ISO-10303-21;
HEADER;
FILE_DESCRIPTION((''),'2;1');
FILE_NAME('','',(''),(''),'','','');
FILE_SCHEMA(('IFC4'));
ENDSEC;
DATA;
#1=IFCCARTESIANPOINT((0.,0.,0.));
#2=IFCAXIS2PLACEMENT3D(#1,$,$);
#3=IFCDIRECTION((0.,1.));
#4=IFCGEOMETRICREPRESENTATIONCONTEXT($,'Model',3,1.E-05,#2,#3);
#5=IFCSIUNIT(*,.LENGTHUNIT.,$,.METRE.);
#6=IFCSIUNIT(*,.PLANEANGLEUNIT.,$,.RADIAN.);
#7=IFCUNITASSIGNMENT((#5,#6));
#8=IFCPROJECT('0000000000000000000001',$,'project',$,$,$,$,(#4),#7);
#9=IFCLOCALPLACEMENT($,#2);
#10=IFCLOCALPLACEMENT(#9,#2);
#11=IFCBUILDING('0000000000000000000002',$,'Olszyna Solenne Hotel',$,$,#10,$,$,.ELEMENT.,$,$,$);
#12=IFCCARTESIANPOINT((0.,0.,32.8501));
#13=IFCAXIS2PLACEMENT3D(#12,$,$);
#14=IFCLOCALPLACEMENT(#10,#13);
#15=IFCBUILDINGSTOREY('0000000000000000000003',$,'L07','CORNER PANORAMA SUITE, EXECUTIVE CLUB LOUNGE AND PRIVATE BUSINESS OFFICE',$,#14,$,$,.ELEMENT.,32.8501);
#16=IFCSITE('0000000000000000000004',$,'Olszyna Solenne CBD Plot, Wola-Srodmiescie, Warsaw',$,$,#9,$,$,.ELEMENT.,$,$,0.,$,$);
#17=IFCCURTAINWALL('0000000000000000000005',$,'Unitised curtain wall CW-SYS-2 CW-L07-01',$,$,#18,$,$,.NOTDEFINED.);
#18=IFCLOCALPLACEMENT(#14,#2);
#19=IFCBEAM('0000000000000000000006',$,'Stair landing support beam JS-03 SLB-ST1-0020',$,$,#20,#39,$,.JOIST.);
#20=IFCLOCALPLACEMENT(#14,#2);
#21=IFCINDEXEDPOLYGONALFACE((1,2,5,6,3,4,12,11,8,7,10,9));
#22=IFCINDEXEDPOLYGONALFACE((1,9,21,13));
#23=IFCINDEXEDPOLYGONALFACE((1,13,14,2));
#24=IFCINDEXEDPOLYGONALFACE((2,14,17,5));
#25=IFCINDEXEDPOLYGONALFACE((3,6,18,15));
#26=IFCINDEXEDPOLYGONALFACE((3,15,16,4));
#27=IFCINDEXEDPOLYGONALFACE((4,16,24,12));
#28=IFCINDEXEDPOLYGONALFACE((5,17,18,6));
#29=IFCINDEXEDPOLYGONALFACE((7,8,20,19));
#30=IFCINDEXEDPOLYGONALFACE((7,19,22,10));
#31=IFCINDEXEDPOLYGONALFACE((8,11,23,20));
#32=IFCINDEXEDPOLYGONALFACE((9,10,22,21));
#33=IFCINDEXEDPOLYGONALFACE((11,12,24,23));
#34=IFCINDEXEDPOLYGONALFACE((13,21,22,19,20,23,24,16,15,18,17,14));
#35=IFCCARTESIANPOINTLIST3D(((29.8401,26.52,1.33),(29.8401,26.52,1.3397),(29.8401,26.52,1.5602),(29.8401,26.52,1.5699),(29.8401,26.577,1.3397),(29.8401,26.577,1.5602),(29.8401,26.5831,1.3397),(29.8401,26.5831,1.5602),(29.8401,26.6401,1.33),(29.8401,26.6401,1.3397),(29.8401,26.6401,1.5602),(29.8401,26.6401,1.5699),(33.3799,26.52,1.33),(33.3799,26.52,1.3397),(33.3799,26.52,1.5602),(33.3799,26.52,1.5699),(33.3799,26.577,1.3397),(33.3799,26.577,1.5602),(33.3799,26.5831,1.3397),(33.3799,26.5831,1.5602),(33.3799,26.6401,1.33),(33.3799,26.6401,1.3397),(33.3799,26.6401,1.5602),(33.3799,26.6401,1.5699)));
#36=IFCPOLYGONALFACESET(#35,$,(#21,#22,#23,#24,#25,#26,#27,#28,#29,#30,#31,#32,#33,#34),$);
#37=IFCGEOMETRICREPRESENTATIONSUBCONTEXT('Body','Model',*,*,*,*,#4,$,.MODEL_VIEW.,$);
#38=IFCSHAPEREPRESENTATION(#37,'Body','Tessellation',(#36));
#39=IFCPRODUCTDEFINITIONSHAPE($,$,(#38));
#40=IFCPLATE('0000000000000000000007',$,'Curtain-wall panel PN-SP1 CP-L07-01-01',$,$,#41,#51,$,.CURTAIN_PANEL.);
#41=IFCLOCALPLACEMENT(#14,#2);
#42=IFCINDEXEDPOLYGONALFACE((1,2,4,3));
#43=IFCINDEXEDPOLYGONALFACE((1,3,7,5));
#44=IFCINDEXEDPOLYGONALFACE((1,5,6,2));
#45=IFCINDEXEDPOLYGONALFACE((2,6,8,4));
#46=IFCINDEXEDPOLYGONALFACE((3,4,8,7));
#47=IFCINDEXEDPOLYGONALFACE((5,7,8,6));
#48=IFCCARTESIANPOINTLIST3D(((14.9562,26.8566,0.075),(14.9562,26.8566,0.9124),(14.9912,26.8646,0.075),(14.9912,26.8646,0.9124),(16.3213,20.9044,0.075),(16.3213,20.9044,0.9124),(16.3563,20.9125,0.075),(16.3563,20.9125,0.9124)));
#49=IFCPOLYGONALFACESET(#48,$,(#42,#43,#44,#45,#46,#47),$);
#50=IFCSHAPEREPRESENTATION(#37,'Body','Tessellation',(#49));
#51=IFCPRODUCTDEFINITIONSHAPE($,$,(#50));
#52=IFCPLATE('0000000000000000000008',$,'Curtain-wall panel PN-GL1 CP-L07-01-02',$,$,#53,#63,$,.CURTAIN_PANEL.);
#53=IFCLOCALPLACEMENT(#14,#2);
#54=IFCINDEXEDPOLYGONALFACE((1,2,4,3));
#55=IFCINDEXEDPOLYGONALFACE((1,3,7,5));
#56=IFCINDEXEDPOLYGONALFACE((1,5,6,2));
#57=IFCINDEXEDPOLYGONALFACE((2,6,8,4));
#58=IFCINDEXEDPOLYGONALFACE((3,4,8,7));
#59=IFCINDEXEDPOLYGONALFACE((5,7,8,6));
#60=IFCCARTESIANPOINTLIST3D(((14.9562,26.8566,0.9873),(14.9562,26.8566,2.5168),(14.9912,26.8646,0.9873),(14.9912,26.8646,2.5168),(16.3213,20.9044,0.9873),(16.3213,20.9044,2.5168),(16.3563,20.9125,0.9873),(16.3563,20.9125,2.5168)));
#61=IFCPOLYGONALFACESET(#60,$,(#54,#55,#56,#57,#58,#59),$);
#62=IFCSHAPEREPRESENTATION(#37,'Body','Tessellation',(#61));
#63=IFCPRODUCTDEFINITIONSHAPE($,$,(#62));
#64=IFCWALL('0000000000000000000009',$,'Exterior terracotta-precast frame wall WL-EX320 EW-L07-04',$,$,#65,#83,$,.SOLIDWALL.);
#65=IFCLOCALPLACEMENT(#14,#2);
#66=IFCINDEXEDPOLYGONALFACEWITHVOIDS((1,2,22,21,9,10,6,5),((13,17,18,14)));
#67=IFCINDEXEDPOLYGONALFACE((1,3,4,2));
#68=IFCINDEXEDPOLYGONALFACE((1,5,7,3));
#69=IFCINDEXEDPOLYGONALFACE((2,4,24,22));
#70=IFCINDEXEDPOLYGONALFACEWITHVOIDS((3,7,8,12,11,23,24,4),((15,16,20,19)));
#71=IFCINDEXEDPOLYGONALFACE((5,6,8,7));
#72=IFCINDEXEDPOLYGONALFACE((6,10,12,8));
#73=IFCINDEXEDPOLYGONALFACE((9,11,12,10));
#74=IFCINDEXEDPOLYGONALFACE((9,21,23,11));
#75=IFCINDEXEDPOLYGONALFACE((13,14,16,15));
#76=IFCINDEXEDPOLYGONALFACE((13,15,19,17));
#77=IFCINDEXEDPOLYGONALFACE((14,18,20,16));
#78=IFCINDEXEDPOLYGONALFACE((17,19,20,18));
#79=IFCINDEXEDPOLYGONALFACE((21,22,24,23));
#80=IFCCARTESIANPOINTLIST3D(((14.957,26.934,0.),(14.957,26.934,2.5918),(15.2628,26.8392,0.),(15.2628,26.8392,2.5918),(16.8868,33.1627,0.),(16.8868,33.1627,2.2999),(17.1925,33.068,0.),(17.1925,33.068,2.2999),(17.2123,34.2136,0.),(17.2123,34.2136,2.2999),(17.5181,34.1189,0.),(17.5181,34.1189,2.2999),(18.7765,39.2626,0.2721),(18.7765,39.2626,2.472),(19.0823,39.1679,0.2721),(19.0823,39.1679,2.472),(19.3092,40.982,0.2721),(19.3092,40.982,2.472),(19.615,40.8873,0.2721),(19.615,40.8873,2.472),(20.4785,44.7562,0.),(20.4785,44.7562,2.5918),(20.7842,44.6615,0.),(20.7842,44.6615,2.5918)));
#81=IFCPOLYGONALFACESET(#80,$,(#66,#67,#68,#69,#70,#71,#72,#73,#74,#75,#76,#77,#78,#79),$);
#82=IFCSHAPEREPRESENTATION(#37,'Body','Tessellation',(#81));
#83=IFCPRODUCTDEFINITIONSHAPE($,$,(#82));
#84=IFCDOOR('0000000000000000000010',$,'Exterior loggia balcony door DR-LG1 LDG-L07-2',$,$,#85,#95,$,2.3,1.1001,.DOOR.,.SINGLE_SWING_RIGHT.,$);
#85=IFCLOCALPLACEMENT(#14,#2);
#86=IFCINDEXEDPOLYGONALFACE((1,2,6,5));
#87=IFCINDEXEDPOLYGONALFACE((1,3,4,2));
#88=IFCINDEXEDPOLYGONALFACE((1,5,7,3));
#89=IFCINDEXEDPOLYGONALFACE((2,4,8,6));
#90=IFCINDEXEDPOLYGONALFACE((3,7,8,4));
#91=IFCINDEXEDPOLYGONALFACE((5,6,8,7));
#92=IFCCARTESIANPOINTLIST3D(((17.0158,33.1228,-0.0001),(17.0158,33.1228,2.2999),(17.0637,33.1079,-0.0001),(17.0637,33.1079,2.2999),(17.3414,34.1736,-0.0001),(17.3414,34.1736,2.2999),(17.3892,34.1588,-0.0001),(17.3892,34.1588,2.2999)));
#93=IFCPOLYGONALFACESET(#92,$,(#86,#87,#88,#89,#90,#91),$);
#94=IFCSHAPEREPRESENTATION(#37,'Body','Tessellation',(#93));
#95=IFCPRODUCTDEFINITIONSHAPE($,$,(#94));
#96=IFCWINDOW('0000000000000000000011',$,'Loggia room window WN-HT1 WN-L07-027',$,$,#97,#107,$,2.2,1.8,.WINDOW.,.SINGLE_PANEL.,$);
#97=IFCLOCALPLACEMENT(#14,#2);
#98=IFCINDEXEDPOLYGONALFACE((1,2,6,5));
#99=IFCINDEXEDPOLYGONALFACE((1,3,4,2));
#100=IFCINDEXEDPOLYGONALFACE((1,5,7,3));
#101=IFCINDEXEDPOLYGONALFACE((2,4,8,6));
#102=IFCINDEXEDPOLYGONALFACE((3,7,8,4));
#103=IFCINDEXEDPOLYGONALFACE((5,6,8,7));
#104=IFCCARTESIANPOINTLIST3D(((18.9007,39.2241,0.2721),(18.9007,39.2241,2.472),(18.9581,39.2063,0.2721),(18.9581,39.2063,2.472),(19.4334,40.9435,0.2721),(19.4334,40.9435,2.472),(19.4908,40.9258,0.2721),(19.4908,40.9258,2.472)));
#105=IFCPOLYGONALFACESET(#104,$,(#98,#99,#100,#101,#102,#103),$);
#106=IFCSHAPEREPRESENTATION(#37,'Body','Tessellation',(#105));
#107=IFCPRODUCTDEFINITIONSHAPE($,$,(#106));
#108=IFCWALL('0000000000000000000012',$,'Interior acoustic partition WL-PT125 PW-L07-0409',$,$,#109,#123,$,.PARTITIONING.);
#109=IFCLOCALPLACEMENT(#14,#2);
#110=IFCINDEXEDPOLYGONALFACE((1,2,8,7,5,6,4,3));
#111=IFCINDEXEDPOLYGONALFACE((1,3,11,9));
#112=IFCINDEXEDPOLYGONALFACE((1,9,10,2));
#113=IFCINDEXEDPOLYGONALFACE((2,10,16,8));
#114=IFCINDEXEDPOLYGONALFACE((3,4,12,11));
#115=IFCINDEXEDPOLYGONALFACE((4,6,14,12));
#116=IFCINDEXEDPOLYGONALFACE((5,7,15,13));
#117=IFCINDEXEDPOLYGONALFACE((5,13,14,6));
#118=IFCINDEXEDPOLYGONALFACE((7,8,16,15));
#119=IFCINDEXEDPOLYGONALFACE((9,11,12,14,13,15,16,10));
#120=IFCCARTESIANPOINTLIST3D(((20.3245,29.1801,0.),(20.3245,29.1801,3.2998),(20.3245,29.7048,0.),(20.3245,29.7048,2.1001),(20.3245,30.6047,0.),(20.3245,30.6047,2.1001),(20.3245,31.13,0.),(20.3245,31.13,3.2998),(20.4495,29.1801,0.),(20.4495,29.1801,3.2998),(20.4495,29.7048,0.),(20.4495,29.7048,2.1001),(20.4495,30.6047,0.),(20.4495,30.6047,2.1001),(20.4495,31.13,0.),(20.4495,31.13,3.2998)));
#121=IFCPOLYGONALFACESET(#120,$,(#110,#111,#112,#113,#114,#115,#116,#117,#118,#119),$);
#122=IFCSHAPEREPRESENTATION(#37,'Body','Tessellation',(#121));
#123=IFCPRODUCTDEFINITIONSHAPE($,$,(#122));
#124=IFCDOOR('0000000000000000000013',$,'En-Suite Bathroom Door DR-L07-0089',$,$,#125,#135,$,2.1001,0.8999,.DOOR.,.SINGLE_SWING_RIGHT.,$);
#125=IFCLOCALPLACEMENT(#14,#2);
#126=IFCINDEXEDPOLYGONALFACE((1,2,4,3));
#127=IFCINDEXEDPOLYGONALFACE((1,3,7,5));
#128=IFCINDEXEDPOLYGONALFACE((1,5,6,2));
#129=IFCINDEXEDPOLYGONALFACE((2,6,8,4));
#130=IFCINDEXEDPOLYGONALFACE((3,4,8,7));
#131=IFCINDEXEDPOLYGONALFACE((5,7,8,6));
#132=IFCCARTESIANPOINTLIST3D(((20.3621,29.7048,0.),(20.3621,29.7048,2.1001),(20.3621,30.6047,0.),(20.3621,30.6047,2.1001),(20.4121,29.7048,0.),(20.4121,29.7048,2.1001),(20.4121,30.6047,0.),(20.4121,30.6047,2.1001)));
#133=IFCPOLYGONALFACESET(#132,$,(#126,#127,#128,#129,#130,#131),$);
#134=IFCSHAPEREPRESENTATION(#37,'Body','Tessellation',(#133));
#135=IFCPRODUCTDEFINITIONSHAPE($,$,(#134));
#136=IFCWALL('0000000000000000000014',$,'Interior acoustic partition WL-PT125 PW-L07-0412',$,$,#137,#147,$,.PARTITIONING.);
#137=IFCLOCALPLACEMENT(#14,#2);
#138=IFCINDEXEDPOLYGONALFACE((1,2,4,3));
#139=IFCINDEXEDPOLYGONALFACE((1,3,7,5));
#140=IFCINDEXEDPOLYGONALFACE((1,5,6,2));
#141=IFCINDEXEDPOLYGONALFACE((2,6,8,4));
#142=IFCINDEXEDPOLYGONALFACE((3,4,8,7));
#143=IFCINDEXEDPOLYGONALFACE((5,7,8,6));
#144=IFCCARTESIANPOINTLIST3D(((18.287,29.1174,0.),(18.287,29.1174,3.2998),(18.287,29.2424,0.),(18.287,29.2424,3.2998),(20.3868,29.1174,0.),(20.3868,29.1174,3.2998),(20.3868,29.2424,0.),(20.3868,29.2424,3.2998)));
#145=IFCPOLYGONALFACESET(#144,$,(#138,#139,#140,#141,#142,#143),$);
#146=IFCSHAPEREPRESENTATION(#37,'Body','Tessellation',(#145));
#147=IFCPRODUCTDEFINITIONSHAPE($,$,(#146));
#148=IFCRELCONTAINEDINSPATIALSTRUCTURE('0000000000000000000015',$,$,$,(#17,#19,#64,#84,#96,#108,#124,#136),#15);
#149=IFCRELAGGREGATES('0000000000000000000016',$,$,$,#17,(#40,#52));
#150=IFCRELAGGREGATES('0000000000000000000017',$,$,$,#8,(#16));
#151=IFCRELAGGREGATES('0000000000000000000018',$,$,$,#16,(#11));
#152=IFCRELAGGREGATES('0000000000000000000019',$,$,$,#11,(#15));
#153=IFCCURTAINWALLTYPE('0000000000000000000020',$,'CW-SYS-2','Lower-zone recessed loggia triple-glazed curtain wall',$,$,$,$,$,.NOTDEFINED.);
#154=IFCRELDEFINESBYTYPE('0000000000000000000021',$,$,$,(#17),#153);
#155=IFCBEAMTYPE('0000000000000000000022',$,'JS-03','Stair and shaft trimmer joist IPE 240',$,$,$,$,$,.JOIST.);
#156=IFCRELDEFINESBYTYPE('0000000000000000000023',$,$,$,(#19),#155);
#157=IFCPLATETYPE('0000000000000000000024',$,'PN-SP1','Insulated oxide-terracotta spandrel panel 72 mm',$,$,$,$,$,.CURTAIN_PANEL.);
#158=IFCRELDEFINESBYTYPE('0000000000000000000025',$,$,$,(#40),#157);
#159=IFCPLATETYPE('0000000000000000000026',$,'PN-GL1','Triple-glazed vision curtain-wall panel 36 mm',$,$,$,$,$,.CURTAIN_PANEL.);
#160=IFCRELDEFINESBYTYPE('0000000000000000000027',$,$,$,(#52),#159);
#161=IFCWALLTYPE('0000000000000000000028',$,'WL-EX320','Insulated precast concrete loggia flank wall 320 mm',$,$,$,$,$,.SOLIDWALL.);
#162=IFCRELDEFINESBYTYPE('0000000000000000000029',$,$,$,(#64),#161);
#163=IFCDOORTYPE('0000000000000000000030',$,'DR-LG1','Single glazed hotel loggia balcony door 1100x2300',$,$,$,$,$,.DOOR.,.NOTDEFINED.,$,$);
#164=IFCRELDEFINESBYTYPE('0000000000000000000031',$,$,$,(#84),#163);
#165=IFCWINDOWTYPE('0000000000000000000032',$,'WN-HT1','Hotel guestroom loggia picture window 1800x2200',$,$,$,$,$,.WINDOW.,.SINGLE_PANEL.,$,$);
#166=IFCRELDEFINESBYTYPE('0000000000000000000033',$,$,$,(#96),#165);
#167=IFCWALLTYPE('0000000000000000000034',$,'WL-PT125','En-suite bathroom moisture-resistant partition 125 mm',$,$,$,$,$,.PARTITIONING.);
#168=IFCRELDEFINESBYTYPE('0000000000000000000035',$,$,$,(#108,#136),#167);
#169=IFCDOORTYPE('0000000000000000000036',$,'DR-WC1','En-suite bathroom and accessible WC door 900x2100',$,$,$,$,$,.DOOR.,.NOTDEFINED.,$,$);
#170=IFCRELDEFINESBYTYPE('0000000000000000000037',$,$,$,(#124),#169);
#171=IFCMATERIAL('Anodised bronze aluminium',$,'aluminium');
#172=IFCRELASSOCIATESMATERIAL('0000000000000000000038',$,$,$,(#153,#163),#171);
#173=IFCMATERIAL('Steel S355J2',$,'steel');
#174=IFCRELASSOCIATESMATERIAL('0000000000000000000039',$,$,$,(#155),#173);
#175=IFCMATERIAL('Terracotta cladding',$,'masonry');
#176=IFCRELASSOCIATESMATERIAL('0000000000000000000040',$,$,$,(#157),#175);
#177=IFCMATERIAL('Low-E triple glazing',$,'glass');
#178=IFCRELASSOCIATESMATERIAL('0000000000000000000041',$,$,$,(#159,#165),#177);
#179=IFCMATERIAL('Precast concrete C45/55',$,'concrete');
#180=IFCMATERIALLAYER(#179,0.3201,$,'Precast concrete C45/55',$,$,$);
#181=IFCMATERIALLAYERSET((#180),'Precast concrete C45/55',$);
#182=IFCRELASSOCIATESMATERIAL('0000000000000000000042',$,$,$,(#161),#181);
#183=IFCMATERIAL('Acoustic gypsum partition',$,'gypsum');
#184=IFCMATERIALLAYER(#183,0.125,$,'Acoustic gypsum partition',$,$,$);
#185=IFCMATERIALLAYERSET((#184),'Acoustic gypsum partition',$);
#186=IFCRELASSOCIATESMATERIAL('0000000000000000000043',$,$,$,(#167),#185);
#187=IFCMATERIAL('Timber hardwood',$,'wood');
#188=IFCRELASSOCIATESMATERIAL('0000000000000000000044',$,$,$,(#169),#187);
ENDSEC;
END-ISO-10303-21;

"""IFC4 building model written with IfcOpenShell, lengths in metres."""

from ifc_helpers import new_model, si_unit, direction, frame, frame_2d, origin, origin_2d, place, context, subcontext, project, spatial, rectangle, i_section, extrude, source, transform, mapped, material, layer, layer_set, material_profile, profile_set, type_object, type_shapes, element, fill, aggregate, save


model = new_model("IFC4")

# Units and contexts
model_context = context("Model", 3, precision=1e-05, world=origin(), true_north=direction((0.0, 1.0)))
body_context = subcontext(model_context, "Body", "Model", "MODEL_VIEW")
ifc_project = project(units=[si_unit("LENGTHUNIT", "METRE"), si_unit("PLANEANGLEUNIT", "RADIAN")], contexts=[model_context])

# Site, building, storey
site_placement = place(None, origin())
site = spatial("IfcSite", under=ifc_project, at=site_placement, Name="Olszyna Solenne CBD Plot, Wola-Srodmiescie, Warsaw", CompositionType="ELEMENT", RefElevation=0.0)
building_placement = place(site_placement, origin())
building = spatial("IfcBuilding", under=site, at=building_placement, Name="Olszyna Solenne Hotel", CompositionType="ELEMENT")
storey_placement = place(building_placement, frame((0.0, 0.0, 32.8501)))
storey = spatial("IfcBuildingStorey", under=building, at=storey_placement, Name="L07", Description="CORNER PANORAMA SUITE, EXECUTIVE CLUB LOUNGE AND PRIVATE BUSINESS OFFICE", CompositionType="ELEMENT", Elevation=32.8501)

# Shared definitions
ifc_material_1 = material(Name="Steel S355J2", Category="steel")

# Curtain wall
ifc_material_2 = material(Name="Anodised bronze aluminium", Category="aluminium")
curtain_wall_type = type_object("IfcCurtainWallType", Name="CW-SYS-2", Description="Lower-zone recessed loggia triple-glazed curtain wall", PredefinedType="NOTDEFINED", material=ifc_material_2)
curtain_wall_placement = place(storey_placement, origin())
curtain_wall = element("IfcCurtainWall", 1, at=curtain_wall_placement, inside=storey, type_object=curtain_wall_type, Name="Unitised curtain wall CW-SYS-2 CW-L07-01", PredefinedType="NOTDEFINED")

# Beam
ifc_material_profile_1 = material_profile(ifc_material_1, i_section(OverallWidth=0.1201, OverallDepth=0.24, WebThickness=0.0061, FlangeThickness=0.0098, at=origin_2d()), Name="IPE 240", Category="load-bearing")
ifc_profile_set_1 = profile_set([ifc_material_profile_1], Name="Steel S355J2")
beam_type_1 = type_object("IfcBeamType", Name="JS-03", Description="Stair and shaft trimmer joist IPE 240", PredefinedType="JOIST", material=ifc_profile_set_1)
shared_shape_1 = source(origin(), body_context, "Body", "SweptSolid", [
    extrude(i_section(OverallWidth=0.1201, OverallDepth=0.24, WebThickness=0.0061, FlangeThickness=0.0098, at=origin_2d()), origin(), (0.0, 0.0, 1.0), 3.5398),
])
for number, where, z_axis, x_axis, name in (
    (2, (33.3799, 26.5801, 1.45), (-1.0, 0.0, 0.0), (0.0, -1.0, 0.0), "Stair landing support beam JS-03 SLB-ST1-0020"),
):
    element("IfcBeam", number, at=place(storey_placement, frame(where, z_axis=z_axis, x_axis=x_axis)), inside=storey, type_object=beam_type_1, Name=name, PredefinedType="JOIST", context=body_context, shape_type="MappedRepresentation", body=[
        mapped(shared_shape_1, transform((0.0, 0.0, 0.0), x_axis=(1.0, 0.0, 0.0), y_axis=(0.0, 1.0, 0.0), z_axis=(0.0, 0.0, 1.0), scale=1.0)),
    ])

# Plates
ifc_material_3 = material(Name="Terracotta cladding", Category="masonry")
plate_type_1 = type_object("IfcPlateType", Name="PN-SP1", Description="Insulated oxide-terracotta spandrel panel 72 mm", PredefinedType="CURTAIN_PANEL", material=ifc_material_3)
shared_shape_2 = source(origin(), body_context, "Body", "SweptSolid", [
    extrude(rectangle(XDim=6.1067, YDim=0.0359, at=origin_2d()), origin(), (0.0, 0.0, 1.0), 0.8374),
])
plate_1_placement = place(storey_placement, frame((15.6562, 23.8845, 0.075), z_axis=(0.0, 0.0, 1.0), x_axis=(0.223535, -0.974696, 0.0)))
plate_1 = element("IfcPlate", 3, at=plate_1_placement, type_object=plate_type_1, Name="Curtain-wall panel PN-SP1 CP-L07-01-01", PredefinedType="CURTAIN_PANEL", context=body_context, shape_type="MappedRepresentation", body=[
    mapped(shared_shape_2, transform((0.0, 0.0, 0.0), x_axis=(1.0, 0.0, 0.0), y_axis=(0.0, 1.0, 0.0), z_axis=(0.0, 0.0, 1.0), scale=1.0)),
])
ifc_material_4 = material(Name="Low-E triple glazing", Category="glass")
plate_type_2 = type_object("IfcPlateType", Name="PN-GL1", Description="Triple-glazed vision curtain-wall panel 36 mm", PredefinedType="CURTAIN_PANEL", material=ifc_material_4)
shared_shape_3 = source(origin(), body_context, "Body", "SweptSolid", [
    extrude(rectangle(XDim=6.1067, YDim=0.0359, at=origin_2d()), origin(), (0.0, 0.0, 1.0), 1.5295),
])
plate_2_placement = place(storey_placement, frame((15.6562, 23.8845, 0.9873), z_axis=(0.0, 0.0, 1.0), x_axis=(0.223535, -0.974696, 0.0)))
plate_2 = element("IfcPlate", 4, at=plate_2_placement, type_object=plate_type_2, Name="Curtain-wall panel PN-GL1 CP-L07-01-02", PredefinedType="CURTAIN_PANEL", context=body_context, shape_type="MappedRepresentation", body=[
    mapped(shared_shape_3, transform((0.0, 0.0, 0.0), x_axis=(1.0, 0.0, 0.0), y_axis=(0.0, 1.0, 0.0), z_axis=(0.0, 0.0, 1.0), scale=1.0)),
])
aggregate(curtain_wall, [plate_1, plate_2])

# Wall, openings, door, window
ifc_material_5 = material(Name="Precast concrete C45/55", Category="concrete")
ifc_layer_1 = layer(ifc_material_5, 0.3201, Name="Precast concrete C45/55")
ifc_layer_set_1 = layer_set([ifc_layer_1], Name="Precast concrete C45/55")
wall_type_1 = type_object("IfcWallType", Name="WL-EX320", Description="Insulated precast concrete loggia flank wall 320 mm", PredefinedType="SOLIDWALL", material=ifc_layer_set_1)
wall_1_placement = place(storey_placement, frame((15.1099, 26.8865, 0.0), z_axis=(0.0, 0.0, 1.0), x_axis=(0.295932, 0.955209, 0.0)))
wall_1 = element("IfcWall", 5, at=wall_1_placement, inside=storey, type_object=wall_type_1, Name="Exterior terracotta-precast frame wall WL-EX320 EW-L07-04", PredefinedType="SOLIDWALL", context=body_context, shape_type="SweptSolid", body=[
    extrude(rectangle(XDim=18.658, YDim=0.3201, at=frame_2d((9.3291, 0.0))), origin(), (0.0, 0.0, 1.0), 2.5918),
])
opening_1_placement = place(wall_1_placement, frame((6.521, 0.0, 0.0)))
opening_1 = element("IfcOpeningElement", 6, at=opening_1_placement, cuts=wall_1, PredefinedType="OPENING", context=body_context, shape_type="SweptSolid", body=[
    extrude(rectangle(XDim=1.1001, YDim=2.3, at=frame_2d((0.55, 1.1499))), frame((0.0, 0.1699, 0.0), z_axis=(0.0, -1.0, 0.0), x_axis=(1.0, 0.0, 0.0)), (0.0, 0.0, 1.0), 0.3401),
])
opening_2_placement = place(wall_1_placement, frame((12.907, 0.0, 0.272)))
opening_2 = element("IfcOpeningElement", 7, at=opening_2_placement, cuts=wall_1, PredefinedType="OPENING", context=body_context, shape_type="SweptSolid", body=[
    extrude(rectangle(XDim=1.8, YDim=2.2, at=frame_2d((0.8999, 1.1001))), frame((0.0, 0.1699, 0.0), z_axis=(0.0, -1.0, 0.0), x_axis=(1.0, 0.0, 0.0)), (0.0, 0.0, 1.0), 0.3401),
])
door_type_1 = type_object("IfcDoorType", Name="DR-LG1", Description="Single glazed hotel loggia balcony door 1100x2300", OperationType="NOTDEFINED", PredefinedType="DOOR", material=ifc_material_2)
shared_shape_4 = source(origin(), body_context, "Body", "SweptSolid", [
    extrude(rectangle(XDim=1.1001, YDim=2.3, at=frame_2d((0.55, 1.1499))), frame((0.0, 0.0249, 0.0), z_axis=(0.0, -1.0, 0.0), x_axis=(1.0, 0.0, 0.0)), (0.0, 0.0, 1.0), 0.05),
])
type_shapes(door_type_1, [shared_shape_4])
door_1_placement = place(opening_1_placement, origin())
door_1 = element("IfcDoor", 8, at=door_1_placement, inside=storey, type_object=door_type_1, Name="Exterior loggia balcony door DR-LG1 LDG-L07-2", OperationType="SINGLE_SWING_RIGHT", OverallHeight=2.3, OverallWidth=1.1001, PredefinedType="DOOR", context=body_context, shape_type="MappedRepresentation", body=[
    mapped(shared_shape_4, transform((0.0, 0.0, 0.0), x_axis=(1.0, 0.0, 0.0), y_axis=(0.0, 1.0, 0.0), z_axis=(0.0, 0.0, 1.0), scale=1.0)),
])
fill(opening_1, door_1)
window_type = type_object("IfcWindowType", Name="WN-HT1", Description="Hotel guestroom loggia picture window 1800x2200", PartitioningType="SINGLE_PANEL", PredefinedType="WINDOW", material=ifc_material_4)
shared_shape_5 = source(origin(), body_context, "Body", "SweptSolid", [
    extrude(rectangle(XDim=1.8, YDim=2.2, at=frame_2d((0.8999, 1.1001))), frame((0.0, 0.03, 0.0), z_axis=(0.0, -1.0, 0.0), x_axis=(1.0, 0.0, 0.0)), (0.0, 0.0, 1.0), 0.0601),
])
type_shapes(window_type, [shared_shape_5])
window_placement = place(opening_2_placement, origin())
window = element("IfcWindow", 9, at=window_placement, inside=storey, type_object=window_type, Name="Loggia room window WN-HT1 WN-L07-027", OverallHeight=2.2, OverallWidth=1.8, PartitioningType="SINGLE_PANEL", PredefinedType="WINDOW", context=body_context, shape_type="MappedRepresentation", body=[
    mapped(shared_shape_5, transform((0.0, 0.0, 0.0), x_axis=(1.0, 0.0, 0.0), y_axis=(0.0, 1.0, 0.0), z_axis=(0.0, 0.0, 1.0), scale=1.0)),
])
fill(opening_2, window)

# Wall, opening, door
ifc_material_6 = material(Name="Acoustic gypsum partition", Category="gypsum")
ifc_layer_2 = layer(ifc_material_6, 0.125, Name="Acoustic gypsum partition")
ifc_layer_set_2 = layer_set([ifc_layer_2], Name="Acoustic gypsum partition")
wall_type_2 = type_object("IfcWallType", Name="WL-PT125", Description="En-suite bathroom moisture-resistant partition 125 mm", PredefinedType="PARTITIONING", material=ifc_layer_set_2)
wall_2_placement = place(storey_placement, frame((20.387, 29.1799, 0.0), z_axis=(0.0, 0.0, 1.0), x_axis=(0.0, 1.0, 0.0)))
wall_2 = element("IfcWall", 10, at=wall_2_placement, inside=storey, type_object=wall_type_2, Name="Interior acoustic partition WL-PT125 PW-L07-0409", PredefinedType="PARTITIONING", context=body_context, shape_type="SweptSolid", body=[
    extrude(rectangle(XDim=1.95, YDim=0.125, at=frame_2d((0.9751, 0.0))), origin(), (0.0, 0.0, 1.0), 3.2998),
])
opening_3_placement = place(wall_2_placement, frame((0.5249, 0.0, 0.0)))
opening_3 = element("IfcOpeningElement", 11, at=opening_3_placement, cuts=wall_2, PredefinedType="OPENING", context=body_context, shape_type="SweptSolid", body=[
    extrude(rectangle(XDim=0.8999, YDim=2.1001, at=frame_2d((0.45, 1.05))), frame((0.0, 0.0725, 0.0), z_axis=(0.0, -1.0, 0.0), x_axis=(1.0, 0.0, 0.0)), (0.0, 0.0, 1.0), 0.145),
])
ifc_material_7 = material(Name="Timber hardwood", Category="wood")
door_type_2 = type_object("IfcDoorType", Name="DR-WC1", Description="En-suite bathroom and accessible WC door 900x2100", OperationType="NOTDEFINED", PredefinedType="DOOR", material=ifc_material_7)
shared_shape_6 = source(origin(), body_context, "Body", "SweptSolid", [
    extrude(rectangle(XDim=0.8999, YDim=2.1001, at=frame_2d((0.45, 1.05))), frame((0.0, 0.0249, 0.0), z_axis=(0.0, -1.0, 0.0), x_axis=(1.0, 0.0, 0.0)), (0.0, 0.0, 1.0), 0.05),
])
type_shapes(door_type_2, [shared_shape_6])
door_2_placement = place(opening_3_placement, origin())
door_2 = element("IfcDoor", 12, at=door_2_placement, inside=storey, type_object=door_type_2, Name="En-Suite Bathroom Door DR-L07-0089", OperationType="SINGLE_SWING_RIGHT", OverallHeight=2.1001, OverallWidth=0.8999, PredefinedType="DOOR", context=body_context, shape_type="MappedRepresentation", body=[
    mapped(shared_shape_6, transform((0.0, 0.0, 0.0), x_axis=(1.0, 0.0, 0.0), y_axis=(0.0, 1.0, 0.0), z_axis=(0.0, 0.0, 1.0), scale=1.0)),
])
fill(opening_3, door_2)

# Wall
wall_3_placement = place(storey_placement, frame((18.2871, 29.1799, 0.0), z_axis=(0.0, 0.0, 1.0), x_axis=(1.0, 0.0, 0.0)))
element("IfcWall", 13, at=wall_3_placement, inside=storey, type_object=wall_type_2, Name="Interior acoustic partition WL-PT125 PW-L07-0412", PredefinedType="PARTITIONING", context=body_context, shape_type="SweptSolid", body=[
    extrude(rectangle(XDim=2.0999, YDim=0.125, at=frame_2d((1.0498, 0.0))), origin(), (0.0, 0.0, 1.0), 3.2998),
])

save(model, "model.ifc")
